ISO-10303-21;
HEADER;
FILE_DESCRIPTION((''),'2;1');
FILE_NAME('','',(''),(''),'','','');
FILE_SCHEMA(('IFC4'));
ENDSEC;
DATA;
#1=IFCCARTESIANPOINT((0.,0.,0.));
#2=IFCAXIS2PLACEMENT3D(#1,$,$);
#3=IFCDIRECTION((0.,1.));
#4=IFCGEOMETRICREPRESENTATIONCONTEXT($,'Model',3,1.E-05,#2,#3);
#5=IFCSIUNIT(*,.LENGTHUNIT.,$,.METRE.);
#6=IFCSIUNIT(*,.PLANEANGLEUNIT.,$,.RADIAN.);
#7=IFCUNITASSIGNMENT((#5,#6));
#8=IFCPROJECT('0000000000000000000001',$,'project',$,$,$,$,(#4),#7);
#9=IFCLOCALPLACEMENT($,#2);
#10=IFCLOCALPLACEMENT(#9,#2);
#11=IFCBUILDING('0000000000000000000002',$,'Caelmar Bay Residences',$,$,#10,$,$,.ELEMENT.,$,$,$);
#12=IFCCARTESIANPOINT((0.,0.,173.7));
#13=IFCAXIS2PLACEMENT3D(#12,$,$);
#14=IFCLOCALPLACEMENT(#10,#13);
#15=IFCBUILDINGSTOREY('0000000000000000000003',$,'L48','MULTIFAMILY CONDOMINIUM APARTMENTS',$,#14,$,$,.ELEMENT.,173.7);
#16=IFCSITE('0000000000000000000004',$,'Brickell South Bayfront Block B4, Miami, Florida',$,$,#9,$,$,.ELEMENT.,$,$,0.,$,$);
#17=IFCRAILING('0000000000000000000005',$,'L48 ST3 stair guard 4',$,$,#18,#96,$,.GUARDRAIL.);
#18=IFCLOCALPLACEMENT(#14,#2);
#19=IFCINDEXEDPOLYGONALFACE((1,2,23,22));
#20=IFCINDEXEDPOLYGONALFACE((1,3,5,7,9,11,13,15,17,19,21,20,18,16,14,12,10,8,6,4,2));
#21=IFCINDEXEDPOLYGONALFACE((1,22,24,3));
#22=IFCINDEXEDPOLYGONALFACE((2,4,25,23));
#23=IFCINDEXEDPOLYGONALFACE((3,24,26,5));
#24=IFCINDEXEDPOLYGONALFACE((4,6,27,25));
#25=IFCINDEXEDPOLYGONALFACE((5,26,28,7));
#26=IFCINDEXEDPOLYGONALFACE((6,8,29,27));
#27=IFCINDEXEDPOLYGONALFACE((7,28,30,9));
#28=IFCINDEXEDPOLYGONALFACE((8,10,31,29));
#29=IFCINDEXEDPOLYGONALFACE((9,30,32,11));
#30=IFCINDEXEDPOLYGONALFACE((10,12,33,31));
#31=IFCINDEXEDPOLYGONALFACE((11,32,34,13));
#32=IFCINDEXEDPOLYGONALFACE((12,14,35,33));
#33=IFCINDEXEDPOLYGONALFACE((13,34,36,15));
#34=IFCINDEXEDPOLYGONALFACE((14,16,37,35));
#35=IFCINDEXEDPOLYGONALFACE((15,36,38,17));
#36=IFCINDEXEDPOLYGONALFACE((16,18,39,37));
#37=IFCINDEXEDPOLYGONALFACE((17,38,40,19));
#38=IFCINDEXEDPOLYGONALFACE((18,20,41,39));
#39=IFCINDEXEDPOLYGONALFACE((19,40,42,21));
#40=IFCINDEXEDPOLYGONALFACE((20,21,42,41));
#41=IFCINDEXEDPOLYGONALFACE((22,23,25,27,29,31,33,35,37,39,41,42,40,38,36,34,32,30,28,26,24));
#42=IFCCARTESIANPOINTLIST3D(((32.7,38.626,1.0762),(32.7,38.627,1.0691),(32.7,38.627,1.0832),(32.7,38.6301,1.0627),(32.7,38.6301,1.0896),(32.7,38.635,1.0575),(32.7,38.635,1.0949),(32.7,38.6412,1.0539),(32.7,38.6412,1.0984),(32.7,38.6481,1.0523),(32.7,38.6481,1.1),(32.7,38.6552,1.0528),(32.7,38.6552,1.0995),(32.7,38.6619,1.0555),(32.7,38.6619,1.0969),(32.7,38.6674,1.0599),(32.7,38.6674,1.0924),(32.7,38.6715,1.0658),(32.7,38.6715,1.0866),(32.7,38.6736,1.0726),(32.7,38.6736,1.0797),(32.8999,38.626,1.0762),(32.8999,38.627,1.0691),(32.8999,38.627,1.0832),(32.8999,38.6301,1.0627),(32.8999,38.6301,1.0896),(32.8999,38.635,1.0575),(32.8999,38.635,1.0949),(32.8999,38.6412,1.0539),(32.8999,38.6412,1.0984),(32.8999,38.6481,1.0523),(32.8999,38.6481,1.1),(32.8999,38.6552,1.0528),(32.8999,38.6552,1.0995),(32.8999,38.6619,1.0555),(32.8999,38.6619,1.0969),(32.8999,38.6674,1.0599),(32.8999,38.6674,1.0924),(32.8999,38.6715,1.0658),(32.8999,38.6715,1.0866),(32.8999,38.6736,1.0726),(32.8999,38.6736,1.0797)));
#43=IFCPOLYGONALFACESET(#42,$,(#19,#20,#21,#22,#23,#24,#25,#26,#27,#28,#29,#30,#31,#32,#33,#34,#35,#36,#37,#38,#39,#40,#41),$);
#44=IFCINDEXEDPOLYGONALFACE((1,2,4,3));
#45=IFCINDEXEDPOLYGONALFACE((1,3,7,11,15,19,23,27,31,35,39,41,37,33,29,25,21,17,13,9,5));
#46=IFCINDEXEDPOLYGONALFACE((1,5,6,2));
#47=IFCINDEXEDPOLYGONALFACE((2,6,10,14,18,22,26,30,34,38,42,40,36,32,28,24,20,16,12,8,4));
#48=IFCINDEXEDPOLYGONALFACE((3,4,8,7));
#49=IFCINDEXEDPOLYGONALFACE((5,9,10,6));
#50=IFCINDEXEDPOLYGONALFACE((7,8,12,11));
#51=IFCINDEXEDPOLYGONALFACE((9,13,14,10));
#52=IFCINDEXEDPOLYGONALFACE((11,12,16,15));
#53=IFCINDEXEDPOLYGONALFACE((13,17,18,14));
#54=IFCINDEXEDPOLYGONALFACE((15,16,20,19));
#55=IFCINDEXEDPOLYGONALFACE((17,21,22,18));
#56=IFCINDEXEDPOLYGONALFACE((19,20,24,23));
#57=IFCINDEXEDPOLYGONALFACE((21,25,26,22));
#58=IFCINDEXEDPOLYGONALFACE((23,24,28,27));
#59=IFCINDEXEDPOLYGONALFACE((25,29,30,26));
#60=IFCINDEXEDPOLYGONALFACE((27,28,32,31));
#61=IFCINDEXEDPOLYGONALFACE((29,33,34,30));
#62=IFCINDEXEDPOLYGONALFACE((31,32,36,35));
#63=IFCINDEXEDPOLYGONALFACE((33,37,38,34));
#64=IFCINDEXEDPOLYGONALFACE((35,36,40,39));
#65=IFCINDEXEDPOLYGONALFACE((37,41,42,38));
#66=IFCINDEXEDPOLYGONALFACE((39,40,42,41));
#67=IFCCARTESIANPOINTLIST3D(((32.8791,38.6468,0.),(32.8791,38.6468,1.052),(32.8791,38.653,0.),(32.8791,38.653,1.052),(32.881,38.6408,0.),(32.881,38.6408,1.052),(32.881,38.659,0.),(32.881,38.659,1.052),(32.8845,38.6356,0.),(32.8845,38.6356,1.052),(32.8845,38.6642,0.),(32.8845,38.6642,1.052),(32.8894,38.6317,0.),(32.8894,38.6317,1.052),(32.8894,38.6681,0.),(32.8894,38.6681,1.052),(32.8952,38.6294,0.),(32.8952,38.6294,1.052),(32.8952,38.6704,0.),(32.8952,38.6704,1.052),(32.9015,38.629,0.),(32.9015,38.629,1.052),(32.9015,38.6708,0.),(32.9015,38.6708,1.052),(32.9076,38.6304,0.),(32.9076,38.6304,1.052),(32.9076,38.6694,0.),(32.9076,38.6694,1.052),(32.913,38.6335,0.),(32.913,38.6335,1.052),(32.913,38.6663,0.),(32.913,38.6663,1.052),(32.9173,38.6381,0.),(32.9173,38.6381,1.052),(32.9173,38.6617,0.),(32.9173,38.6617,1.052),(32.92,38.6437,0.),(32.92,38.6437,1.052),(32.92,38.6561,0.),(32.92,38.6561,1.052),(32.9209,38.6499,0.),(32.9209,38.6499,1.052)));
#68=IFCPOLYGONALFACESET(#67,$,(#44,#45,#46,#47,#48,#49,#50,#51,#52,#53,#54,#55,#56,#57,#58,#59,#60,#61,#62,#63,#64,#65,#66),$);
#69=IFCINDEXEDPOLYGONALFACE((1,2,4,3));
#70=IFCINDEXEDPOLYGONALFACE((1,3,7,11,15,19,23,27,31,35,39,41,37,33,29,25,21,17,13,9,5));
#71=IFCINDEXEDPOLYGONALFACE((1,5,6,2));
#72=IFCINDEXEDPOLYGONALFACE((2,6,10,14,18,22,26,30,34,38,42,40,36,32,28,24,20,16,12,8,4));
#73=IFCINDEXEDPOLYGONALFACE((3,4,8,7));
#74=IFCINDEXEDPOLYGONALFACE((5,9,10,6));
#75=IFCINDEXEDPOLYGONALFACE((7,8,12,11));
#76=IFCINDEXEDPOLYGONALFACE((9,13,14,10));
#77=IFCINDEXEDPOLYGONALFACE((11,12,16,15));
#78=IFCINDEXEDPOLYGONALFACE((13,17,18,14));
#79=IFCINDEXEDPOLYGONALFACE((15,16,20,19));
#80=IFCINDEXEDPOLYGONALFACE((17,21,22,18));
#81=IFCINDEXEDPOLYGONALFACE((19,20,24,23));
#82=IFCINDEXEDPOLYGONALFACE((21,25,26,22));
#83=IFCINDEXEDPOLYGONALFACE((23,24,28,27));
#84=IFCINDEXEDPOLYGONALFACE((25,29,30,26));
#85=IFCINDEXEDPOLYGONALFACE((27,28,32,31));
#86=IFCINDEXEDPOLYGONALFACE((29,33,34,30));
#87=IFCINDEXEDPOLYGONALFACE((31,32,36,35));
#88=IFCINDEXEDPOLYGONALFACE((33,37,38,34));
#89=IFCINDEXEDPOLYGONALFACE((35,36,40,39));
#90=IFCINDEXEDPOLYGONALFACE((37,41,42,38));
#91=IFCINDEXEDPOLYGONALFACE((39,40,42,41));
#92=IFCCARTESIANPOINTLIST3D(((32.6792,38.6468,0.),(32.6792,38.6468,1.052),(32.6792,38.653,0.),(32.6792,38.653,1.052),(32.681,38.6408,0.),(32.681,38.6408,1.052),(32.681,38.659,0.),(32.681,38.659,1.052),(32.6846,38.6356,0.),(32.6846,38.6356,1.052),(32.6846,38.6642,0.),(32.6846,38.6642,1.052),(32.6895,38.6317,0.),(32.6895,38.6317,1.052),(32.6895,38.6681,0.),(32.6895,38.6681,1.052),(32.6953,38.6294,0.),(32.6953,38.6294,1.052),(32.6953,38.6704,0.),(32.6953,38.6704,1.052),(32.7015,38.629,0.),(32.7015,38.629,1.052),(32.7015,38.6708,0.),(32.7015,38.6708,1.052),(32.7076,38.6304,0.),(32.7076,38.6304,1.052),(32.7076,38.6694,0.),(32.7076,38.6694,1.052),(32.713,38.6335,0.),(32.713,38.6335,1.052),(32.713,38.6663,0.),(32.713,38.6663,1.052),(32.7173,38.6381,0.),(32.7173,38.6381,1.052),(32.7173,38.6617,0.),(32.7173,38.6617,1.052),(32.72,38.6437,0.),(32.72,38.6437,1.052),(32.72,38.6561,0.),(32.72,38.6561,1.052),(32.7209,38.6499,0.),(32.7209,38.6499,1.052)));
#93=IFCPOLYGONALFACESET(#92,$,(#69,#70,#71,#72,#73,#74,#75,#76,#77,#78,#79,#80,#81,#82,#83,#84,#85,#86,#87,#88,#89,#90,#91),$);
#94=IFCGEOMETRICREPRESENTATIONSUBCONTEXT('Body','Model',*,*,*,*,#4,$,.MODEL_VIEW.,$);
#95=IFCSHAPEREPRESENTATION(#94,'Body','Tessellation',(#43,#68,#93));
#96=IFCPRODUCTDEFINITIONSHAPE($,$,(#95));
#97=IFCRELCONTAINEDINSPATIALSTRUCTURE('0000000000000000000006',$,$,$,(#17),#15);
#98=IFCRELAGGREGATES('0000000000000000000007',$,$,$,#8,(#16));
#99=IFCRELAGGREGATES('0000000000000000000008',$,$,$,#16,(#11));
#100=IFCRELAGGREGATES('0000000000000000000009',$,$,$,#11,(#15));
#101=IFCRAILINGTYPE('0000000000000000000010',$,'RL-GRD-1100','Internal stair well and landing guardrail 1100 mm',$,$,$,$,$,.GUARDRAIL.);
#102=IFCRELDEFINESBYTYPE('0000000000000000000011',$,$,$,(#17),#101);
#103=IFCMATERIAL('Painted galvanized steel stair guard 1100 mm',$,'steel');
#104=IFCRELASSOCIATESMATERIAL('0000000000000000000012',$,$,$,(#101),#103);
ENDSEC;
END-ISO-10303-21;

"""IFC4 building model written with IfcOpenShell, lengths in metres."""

from ifc_helpers import new_model, si_unit, direction, frame, origin, origin_2d, place, context, subcontext, project, spatial, circle, extrude, material, type_object, element, save


model = new_model("IFC4")

# Units and contexts
model_context = context("Model", 3, precision=1e-05, world=origin(), true_north=direction((0.0, 1.0)))
body_context = subcontext(model_context, "Body", "Model", "MODEL_VIEW")
ifc_project = project(units=[si_unit("LENGTHUNIT", "METRE"), si_unit("PLANEANGLEUNIT", "RADIAN")], contexts=[model_context])

# Site, building, storey
site_placement = place(None, origin())
site = spatial("IfcSite", under=ifc_project, at=site_placement, Name="Brickell South Bayfront Block B4, Miami, Florida", CompositionType="ELEMENT", RefElevation=0.0)
building_placement = place(site_placement, origin())
building = spatial("IfcBuilding", under=site, at=building_placement, Name="Caelmar Bay Residences", CompositionType="ELEMENT")
storey_placement = place(building_placement, frame((0.0, 0.0, 173.7)))
storey = spatial("IfcBuildingStorey", under=building, at=storey_placement, Name="L48", Description="MULTIFAMILY CONDOMINIUM APARTMENTS", CompositionType="ELEMENT", Elevation=173.7)

# Railing
ifc_material_1 = material(Name="Painted galvanized steel stair guard 1100 mm", Category="steel")
railing_type_1 = type_object("IfcRailingType", Name="RL-GRD-1100", Description="Internal stair well and landing guardrail 1100 mm", PredefinedType="GUARDRAIL", material=ifc_material_1)
railing_1_placement = place(storey_placement, frame((32.8999, 38.6499, 0.0)))
element("IfcRailing", 1, at=railing_1_placement, inside=storey, type_object=railing_type_1, Name="L48 ST3 stair guard 4", PredefinedType="GUARDRAIL", context=body_context, shape_type="SweptSolid", body=[
    extrude(circle(Radius=0.0239, at=origin_2d()), frame((0.0, 0.0, 1.0762), z_axis=(-1.0, 0.0, 0.0), x_axis=(0.0, -1.0, 0.0)), (0.0, 0.0, 1.0), 0.2),
    extrude(circle(Radius=0.021, at=origin_2d()), origin(), (0.0, 0.0, 1.0), 1.052),
    extrude(circle(Radius=0.021, at=origin_2d()), frame((-0.2, 0.0, 0.0)), (0.0, 0.0, 1.0), 1.052),
])

save(model, "model.ifc")
